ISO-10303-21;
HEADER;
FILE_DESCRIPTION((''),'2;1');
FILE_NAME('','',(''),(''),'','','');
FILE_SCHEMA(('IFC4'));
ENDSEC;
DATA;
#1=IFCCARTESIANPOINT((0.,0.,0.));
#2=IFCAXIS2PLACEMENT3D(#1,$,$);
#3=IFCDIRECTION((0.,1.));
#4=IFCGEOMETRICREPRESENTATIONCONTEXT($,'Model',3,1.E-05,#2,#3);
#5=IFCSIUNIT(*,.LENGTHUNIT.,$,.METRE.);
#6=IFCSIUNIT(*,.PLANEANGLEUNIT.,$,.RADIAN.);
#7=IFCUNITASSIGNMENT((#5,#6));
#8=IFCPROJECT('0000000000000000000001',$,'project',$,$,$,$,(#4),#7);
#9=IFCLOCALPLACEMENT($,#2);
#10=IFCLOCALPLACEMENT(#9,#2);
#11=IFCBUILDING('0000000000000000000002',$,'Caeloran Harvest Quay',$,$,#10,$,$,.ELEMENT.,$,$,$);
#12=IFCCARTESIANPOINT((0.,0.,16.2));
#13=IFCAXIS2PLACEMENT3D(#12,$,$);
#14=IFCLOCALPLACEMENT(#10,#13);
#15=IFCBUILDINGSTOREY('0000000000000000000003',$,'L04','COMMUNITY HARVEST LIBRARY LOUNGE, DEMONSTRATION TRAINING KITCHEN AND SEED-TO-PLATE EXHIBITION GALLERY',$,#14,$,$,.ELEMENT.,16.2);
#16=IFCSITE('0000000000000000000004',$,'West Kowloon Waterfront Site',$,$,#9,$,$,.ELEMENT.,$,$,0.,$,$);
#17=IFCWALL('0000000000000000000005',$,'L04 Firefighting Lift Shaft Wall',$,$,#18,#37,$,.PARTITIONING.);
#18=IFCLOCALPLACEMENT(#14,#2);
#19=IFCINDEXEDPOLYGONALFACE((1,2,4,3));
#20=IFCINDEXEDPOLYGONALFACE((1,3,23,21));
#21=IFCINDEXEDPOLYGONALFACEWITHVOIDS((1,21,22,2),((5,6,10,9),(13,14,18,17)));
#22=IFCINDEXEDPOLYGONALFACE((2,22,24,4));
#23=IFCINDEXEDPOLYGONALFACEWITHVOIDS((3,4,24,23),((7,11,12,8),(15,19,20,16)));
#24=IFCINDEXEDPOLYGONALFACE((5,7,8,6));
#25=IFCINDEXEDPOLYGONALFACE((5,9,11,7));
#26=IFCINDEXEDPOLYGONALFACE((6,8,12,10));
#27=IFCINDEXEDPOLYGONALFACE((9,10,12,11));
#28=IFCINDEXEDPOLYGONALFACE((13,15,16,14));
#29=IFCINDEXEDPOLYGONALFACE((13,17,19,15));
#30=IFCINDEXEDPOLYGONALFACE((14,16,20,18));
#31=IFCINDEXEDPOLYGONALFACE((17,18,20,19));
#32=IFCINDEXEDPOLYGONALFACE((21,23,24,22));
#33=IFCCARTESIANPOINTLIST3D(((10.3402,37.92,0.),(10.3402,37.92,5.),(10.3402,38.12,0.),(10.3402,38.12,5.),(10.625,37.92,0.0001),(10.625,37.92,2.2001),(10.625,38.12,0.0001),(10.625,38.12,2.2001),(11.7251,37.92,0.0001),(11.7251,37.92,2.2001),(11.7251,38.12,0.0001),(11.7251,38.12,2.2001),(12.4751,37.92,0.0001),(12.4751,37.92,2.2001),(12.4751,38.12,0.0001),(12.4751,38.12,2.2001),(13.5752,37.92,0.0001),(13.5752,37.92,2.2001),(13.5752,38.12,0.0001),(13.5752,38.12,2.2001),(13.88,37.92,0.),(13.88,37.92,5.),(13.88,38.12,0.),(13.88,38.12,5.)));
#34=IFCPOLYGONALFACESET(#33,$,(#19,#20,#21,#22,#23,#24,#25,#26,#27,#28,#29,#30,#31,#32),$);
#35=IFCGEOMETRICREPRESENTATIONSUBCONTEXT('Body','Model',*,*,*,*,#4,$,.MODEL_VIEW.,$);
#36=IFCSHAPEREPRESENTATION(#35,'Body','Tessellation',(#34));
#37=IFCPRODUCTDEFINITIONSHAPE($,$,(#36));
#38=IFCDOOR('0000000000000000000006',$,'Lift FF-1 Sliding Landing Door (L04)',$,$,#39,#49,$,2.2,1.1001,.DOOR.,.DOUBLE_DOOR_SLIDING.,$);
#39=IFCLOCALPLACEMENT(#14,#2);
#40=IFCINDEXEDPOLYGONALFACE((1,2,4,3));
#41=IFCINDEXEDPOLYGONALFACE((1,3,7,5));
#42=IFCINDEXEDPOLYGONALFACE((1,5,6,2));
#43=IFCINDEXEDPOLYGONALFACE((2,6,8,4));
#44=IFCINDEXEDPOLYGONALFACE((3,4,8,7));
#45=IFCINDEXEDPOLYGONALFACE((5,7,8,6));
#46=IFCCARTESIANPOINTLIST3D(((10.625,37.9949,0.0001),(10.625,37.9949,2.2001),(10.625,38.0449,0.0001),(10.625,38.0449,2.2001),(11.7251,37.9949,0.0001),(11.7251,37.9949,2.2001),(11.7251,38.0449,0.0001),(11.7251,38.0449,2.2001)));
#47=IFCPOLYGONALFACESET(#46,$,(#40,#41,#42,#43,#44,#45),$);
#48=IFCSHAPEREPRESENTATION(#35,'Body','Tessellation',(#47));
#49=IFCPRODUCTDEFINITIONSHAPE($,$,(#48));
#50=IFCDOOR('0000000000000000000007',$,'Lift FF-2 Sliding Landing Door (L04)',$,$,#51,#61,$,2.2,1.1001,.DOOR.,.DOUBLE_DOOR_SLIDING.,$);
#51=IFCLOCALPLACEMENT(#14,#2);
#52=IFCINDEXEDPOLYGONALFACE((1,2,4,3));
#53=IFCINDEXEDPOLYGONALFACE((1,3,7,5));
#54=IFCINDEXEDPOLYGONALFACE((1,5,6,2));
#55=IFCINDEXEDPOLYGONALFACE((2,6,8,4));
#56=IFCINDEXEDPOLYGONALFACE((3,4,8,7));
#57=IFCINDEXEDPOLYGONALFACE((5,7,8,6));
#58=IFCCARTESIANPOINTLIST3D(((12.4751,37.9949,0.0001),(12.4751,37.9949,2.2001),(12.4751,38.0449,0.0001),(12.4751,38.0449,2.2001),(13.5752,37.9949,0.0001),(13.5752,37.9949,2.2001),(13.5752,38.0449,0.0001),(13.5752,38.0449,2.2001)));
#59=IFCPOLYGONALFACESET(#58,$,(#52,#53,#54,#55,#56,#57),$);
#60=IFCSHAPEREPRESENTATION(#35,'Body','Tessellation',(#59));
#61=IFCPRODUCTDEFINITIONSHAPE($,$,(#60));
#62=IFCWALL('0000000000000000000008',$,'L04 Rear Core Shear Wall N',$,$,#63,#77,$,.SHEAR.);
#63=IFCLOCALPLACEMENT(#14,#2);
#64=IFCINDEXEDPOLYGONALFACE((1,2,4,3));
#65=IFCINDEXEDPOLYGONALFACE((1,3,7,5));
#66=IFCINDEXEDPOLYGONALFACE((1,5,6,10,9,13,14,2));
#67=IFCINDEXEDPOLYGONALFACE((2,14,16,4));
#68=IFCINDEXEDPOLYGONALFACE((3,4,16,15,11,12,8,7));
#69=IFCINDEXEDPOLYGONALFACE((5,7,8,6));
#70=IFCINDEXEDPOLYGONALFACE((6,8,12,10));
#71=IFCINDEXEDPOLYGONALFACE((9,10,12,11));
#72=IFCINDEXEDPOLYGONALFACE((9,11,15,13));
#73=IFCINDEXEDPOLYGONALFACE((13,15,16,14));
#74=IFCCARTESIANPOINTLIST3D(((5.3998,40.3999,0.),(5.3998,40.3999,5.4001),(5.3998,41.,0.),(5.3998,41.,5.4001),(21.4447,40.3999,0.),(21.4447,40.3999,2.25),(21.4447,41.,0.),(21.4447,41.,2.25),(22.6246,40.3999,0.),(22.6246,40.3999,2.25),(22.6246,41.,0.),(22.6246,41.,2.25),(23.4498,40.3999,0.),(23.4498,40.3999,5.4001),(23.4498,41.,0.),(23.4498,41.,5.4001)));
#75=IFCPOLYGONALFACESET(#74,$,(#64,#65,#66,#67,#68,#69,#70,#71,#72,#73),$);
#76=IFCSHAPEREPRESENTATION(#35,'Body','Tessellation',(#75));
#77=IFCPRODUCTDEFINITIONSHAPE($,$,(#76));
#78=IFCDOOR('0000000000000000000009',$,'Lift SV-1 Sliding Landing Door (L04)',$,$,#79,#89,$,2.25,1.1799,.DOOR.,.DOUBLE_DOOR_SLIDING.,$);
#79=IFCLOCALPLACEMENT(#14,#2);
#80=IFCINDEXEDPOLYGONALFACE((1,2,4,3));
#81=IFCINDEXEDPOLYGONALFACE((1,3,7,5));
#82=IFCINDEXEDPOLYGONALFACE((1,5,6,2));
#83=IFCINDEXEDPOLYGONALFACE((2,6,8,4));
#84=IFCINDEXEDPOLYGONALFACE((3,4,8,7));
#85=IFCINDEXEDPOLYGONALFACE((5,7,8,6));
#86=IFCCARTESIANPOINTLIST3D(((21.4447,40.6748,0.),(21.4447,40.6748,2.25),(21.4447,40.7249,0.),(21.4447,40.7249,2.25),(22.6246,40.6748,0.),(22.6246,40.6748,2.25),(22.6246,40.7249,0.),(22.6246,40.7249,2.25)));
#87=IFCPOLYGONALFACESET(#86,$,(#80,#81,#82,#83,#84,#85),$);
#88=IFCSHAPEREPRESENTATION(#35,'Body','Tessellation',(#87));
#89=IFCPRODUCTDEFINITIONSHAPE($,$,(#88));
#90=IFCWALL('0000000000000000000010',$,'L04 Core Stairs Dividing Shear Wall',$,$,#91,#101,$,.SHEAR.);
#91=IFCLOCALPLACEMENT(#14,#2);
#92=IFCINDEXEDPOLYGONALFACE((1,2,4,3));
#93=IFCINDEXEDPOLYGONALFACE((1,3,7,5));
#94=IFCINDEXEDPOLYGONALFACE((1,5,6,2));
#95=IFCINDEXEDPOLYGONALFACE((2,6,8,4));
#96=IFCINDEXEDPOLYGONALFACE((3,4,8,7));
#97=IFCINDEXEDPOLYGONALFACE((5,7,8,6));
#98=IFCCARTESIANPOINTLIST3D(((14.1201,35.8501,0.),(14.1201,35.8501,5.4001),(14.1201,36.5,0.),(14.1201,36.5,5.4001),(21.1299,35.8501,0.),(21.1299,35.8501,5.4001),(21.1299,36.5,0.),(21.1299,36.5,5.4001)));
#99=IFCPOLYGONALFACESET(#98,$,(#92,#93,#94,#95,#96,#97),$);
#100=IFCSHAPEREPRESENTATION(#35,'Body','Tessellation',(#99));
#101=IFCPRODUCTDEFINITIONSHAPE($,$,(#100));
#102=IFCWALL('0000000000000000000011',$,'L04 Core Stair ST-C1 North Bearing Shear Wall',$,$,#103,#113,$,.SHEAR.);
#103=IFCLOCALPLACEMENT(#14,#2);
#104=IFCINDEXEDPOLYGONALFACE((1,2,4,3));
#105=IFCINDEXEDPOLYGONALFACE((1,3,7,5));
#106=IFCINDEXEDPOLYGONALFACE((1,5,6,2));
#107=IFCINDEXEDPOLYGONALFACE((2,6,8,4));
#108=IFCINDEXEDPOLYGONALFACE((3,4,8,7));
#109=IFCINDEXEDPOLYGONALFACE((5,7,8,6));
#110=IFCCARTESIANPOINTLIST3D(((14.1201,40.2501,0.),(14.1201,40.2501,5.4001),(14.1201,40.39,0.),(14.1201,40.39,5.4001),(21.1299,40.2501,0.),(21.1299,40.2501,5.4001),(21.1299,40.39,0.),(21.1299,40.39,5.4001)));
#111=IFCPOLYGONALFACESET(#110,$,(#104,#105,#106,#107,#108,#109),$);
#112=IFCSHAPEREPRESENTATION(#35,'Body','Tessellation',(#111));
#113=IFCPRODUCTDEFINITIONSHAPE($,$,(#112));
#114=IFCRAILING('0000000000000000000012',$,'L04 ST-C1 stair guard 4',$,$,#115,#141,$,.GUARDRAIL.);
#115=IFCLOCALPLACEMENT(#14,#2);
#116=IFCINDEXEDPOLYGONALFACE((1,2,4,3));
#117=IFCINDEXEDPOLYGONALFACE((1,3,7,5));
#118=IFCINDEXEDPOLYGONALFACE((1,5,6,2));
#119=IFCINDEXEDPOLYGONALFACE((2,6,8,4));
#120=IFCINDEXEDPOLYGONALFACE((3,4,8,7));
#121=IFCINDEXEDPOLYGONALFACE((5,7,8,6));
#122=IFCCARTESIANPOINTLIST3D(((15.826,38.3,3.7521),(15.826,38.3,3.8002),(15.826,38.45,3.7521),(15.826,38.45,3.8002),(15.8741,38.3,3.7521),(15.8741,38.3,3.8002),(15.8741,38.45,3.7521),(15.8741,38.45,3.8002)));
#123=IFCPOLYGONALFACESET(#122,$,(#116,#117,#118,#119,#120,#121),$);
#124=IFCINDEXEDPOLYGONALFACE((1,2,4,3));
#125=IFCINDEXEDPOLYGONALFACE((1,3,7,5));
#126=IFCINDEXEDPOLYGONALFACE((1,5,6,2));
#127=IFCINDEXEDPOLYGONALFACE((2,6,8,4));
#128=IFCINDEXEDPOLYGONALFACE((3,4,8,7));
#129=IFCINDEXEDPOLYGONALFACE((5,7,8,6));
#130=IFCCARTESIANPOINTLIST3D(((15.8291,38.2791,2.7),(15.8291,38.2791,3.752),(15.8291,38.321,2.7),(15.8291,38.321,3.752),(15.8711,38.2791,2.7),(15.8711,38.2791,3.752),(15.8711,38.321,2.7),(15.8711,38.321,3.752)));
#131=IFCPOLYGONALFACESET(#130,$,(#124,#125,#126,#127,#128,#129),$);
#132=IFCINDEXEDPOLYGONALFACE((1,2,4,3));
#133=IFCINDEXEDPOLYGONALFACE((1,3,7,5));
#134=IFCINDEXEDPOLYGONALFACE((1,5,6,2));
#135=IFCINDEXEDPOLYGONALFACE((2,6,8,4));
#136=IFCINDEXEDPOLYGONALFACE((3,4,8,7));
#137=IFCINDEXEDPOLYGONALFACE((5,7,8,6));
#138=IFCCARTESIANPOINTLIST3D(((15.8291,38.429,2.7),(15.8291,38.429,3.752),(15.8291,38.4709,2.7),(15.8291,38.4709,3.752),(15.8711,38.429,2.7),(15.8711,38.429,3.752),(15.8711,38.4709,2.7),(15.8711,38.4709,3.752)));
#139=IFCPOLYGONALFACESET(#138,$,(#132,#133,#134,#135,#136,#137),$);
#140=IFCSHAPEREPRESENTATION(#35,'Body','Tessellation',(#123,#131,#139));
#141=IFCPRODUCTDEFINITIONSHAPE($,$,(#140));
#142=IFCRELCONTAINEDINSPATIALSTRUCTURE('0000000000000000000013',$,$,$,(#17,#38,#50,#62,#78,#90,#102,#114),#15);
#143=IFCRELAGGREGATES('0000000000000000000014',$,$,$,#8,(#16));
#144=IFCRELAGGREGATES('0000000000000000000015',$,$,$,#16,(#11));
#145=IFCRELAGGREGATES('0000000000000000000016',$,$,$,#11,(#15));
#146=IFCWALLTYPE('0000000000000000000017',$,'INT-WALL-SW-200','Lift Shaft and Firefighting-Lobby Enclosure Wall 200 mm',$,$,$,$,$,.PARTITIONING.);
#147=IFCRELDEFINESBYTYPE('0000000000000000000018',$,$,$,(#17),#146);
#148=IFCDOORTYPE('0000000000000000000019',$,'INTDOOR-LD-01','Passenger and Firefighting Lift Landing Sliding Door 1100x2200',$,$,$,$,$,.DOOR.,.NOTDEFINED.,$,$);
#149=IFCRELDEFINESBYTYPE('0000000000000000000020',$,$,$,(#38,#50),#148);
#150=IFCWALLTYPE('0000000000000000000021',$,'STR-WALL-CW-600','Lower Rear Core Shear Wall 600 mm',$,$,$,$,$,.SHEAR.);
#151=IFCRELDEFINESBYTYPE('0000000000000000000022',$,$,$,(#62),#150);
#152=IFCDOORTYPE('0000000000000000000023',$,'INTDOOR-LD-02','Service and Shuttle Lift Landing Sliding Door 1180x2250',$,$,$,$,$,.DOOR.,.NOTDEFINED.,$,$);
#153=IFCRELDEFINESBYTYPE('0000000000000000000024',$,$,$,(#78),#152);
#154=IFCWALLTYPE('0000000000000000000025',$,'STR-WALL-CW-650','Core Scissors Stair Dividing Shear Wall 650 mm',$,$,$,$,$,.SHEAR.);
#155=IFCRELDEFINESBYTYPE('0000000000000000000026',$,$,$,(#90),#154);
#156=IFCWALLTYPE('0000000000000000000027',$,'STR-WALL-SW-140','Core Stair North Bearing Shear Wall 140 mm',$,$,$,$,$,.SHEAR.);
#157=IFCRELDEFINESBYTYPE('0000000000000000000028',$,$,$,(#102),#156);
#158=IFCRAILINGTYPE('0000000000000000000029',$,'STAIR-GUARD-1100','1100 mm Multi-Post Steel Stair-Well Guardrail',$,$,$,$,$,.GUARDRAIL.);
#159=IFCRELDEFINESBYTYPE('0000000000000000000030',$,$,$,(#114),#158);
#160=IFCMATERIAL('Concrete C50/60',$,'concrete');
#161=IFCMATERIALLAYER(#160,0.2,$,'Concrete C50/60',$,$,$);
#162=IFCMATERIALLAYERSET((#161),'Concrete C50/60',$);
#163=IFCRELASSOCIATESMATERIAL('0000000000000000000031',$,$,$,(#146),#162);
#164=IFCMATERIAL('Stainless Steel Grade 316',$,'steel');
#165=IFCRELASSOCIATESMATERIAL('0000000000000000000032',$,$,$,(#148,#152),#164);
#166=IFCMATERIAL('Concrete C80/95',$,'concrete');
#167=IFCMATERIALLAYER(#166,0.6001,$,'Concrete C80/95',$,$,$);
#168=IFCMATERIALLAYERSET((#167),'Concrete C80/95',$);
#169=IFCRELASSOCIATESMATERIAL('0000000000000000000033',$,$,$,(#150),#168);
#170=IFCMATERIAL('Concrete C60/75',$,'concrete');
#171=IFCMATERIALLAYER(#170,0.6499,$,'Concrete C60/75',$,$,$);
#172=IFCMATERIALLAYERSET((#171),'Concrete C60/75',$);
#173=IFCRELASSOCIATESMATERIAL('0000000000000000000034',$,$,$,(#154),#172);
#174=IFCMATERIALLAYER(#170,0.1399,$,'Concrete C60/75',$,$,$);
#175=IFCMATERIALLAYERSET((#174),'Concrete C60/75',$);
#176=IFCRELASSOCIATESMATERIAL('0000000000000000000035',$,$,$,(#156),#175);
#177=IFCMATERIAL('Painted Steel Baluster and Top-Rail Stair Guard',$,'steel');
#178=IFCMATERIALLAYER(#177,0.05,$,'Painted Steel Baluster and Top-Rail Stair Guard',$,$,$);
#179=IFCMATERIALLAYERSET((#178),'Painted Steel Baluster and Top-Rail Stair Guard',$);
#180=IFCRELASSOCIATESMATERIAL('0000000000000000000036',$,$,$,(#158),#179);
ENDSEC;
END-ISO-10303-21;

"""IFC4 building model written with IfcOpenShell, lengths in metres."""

from ifc_helpers import new_model, si_unit, direction, frame, frame_2d, origin, origin_2d, place, context, subcontext, project, spatial, rectangle, extrude, material, layer, layer_set, type_object, element, fill, save


model = new_model("IFC4")

# Units and contexts
model_context = context("Model", 3, precision=1e-05, world=origin(), true_north=direction((0.0, 1.0)))
body_context = subcontext(model_context, "Body", "Model", "MODEL_VIEW")
ifc_project = project(units=[si_unit("LENGTHUNIT", "METRE"), si_unit("PLANEANGLEUNIT", "RADIAN")], contexts=[model_context])

# Site, building, storey
site_placement = place(None, origin())
site = spatial("IfcSite", under=ifc_project, at=site_placement, Name="West Kowloon Waterfront Site", CompositionType="ELEMENT", RefElevation=0.0)
building_placement = place(site_placement, origin())
building = spatial("IfcBuilding", under=site, at=building_placement, Name="Caeloran Harvest Quay", CompositionType="ELEMENT")
storey_placement = place(building_placement, frame((0.0, 0.0, 16.2)))
storey = spatial("IfcBuildingStorey", under=building, at=storey_placement, Name="L04", Description="COMMUNITY HARVEST LIBRARY LOUNGE, DEMONSTRATION TRAINING KITCHEN AND SEED-TO-PLATE EXHIBITION GALLERY", CompositionType="ELEMENT", Elevation=16.2)

# Shared definitions
ifc_material_1 = material(Name="Concrete C50/60", Category="concrete")
ifc_layer_1 = layer(ifc_material_1, 0.2, Name="Concrete C50/60")
ifc_layer_set_1 = layer_set([ifc_layer_1], Name="Concrete C50/60")
wall_type_1 = type_object("IfcWallType", Name="INT-WALL-SW-200", Description="Lift Shaft and Firefighting-Lobby Enclosure Wall 200 mm", PredefinedType="PARTITIONING", material=ifc_layer_set_1)

# Wall, openings, doors
wall_1_placement = place(storey_placement, frame((10.3401, 38.02, 0.0), z_axis=(0.0, 0.0, 1.0), x_axis=(1.0, 0.0, 0.0)))
wall_1 = element("IfcWall", 1, at=wall_1_placement, inside=storey, type_object=wall_type_1, Name="L04 Firefighting Lift Shaft Wall", PredefinedType="PARTITIONING", context=body_context, shape_type="SweptSolid", body=[
    extrude(rectangle(XDim=3.5398, YDim=0.2, at=frame_2d((1.77, 0.0))), origin(), (0.0, 0.0, 1.0), 5.0),
])
opening_1_placement = place(wall_1_placement, frame((0.2849, 0.0, 0.0)))
opening_1 = element("IfcOpeningElement", 2, at=opening_1_placement, cuts=wall_1, PredefinedType="OPENING", context=body_context, shape_type="SweptSolid", body=[
    extrude(rectangle(XDim=1.1001, YDim=2.2, at=frame_2d((0.55, 1.1001))), frame((0.0, 0.1099, 0.0), z_axis=(0.0, -1.0, 0.0), x_axis=(1.0, 0.0, 0.0)), (0.0, 0.0, 1.0), 0.22),
])
opening_2_placement = place(wall_1_placement, frame((2.135, 0.0, 0.0)))
opening_2 = element("IfcOpeningElement", 3, at=opening_2_placement, cuts=wall_1, PredefinedType="OPENING", context=body_context, shape_type="SweptSolid", body=[
    extrude(rectangle(XDim=1.1001, YDim=2.2, at=frame_2d((0.55, 1.1001))), frame((0.0, 0.1099, 0.0), z_axis=(0.0, -1.0, 0.0), x_axis=(1.0, 0.0, 0.0)), (0.0, 0.0, 1.0), 0.22),
])
ifc_material_2 = material(Name="Stainless Steel Grade 316", Category="steel")
door_type_1 = type_object("IfcDoorType", Name="INTDOOR-LD-01", Description="Passenger and Firefighting Lift Landing Sliding Door 1100x2200", OperationType="NOTDEFINED", PredefinedType="DOOR", material=ifc_material_2)
door_1_placement = place(opening_1_placement, origin())
door_1 = element("IfcDoor", 4, at=door_1_placement, inside=storey, type_object=door_type_1, Name="Lift FF-1 Sliding Landing Door (L04)", OperationType="DOUBLE_DOOR_SLIDING", OverallHeight=2.2, OverallWidth=1.1001, PredefinedType="DOOR", context=body_context, shape_type="SweptSolid", body=[
    extrude(rectangle(XDim=1.1001, YDim=2.2, at=frame_2d((0.55, 1.1001))), frame((0.0, 0.0249, 0.0), z_axis=(0.0, -1.0, 0.0), x_axis=(1.0, 0.0, 0.0)), (0.0, 0.0, 1.0), 0.05),
])
fill(opening_1, door_1)
door_2_placement = place(opening_2_placement, origin())
door_2 = element("IfcDoor", 5, at=door_2_placement, inside=storey, type_object=door_type_1, Name="Lift FF-2 Sliding Landing Door (L04)", OperationType="DOUBLE_DOOR_SLIDING", OverallHeight=2.2, OverallWidth=1.1001, PredefinedType="DOOR", context=body_context, shape_type="SweptSolid", body=[
    extrude(rectangle(XDim=1.1001, YDim=2.2, at=frame_2d((0.55, 1.1001))), frame((0.0, 0.0249, 0.0), z_axis=(0.0, -1.0, 0.0), x_axis=(1.0, 0.0, 0.0)), (0.0, 0.0, 1.0), 0.05),
])
fill(opening_2, door_2)

# Wall, opening, door
ifc_material_3 = material(Name="Concrete C80/95", Category="concrete")
ifc_layer_2 = layer(ifc_material_3, 0.6001, Name="Concrete C80/95")
ifc_layer_set_2 = layer_set([ifc_layer_2], Name="Concrete C80/95")
wall_type_2 = type_object("IfcWallType", Name="STR-WALL-CW-600", Description="Lower Rear Core Shear Wall 600 mm", PredefinedType="SHEAR", material=ifc_layer_set_2)
wall_2_placement = place(storey_placement, frame((5.3999, 40.7, 0.0), z_axis=(0.0, 0.0, 1.0), x_axis=(1.0, 0.0, 0.0)))
wall_2 = element("IfcWall", 6, at=wall_2_placement, inside=storey, type_object=wall_type_2, Name="L04 Rear Core Shear Wall N", PredefinedType="SHEAR", context=body_context, shape_type="SweptSolid", body=[
    extrude(rectangle(XDim=18.05, YDim=0.6001, at=frame_2d((9.0249, 0.0))), origin(), (0.0, 0.0, 1.0), 5.4001),
])
opening_3_placement = place(wall_2_placement, frame((16.0449, 0.0, 0.0)))
opening_3 = element("IfcOpeningElement", 7, at=opening_3_placement, cuts=wall_2, PredefinedType="OPENING", context=body_context, shape_type="SweptSolid", body=[
    extrude(rectangle(XDim=1.1799, YDim=2.25, at=frame_2d((0.5898, 1.125))), frame((0.0, 0.3101, 0.0), z_axis=(0.0, -1.0, 0.0), x_axis=(1.0, 0.0, 0.0)), (0.0, 0.0, 1.0), 0.6201),
])
door_type_2 = type_object("IfcDoorType", Name="INTDOOR-LD-02", Description="Service and Shuttle Lift Landing Sliding Door 1180x2250", OperationType="NOTDEFINED", PredefinedType="DOOR", material=ifc_material_2)
door_3_placement = place(opening_3_placement, origin())
door_3 = element("IfcDoor", 8, at=door_3_placement, inside=storey, type_object=door_type_2, Name="Lift SV-1 Sliding Landing Door (L04)", OperationType="DOUBLE_DOOR_SLIDING", OverallHeight=2.25, OverallWidth=1.1799, PredefinedType="DOOR", context=body_context, shape_type="SweptSolid", body=[
    extrude(rectangle(XDim=1.1799, YDim=2.25, at=frame_2d((0.5898, 1.125))), frame((0.0, 0.0249, 0.0), z_axis=(0.0, -1.0, 0.0), x_axis=(1.0, 0.0, 0.0)), (0.0, 0.0, 1.0), 0.05),
])
fill(opening_3, door_3)

# Walls
ifc_material_4 = material(Name="Concrete C60/75", Category="concrete")
ifc_layer_3 = layer(ifc_material_4, 0.6499, Name="Concrete C60/75")
ifc_layer_set_3 = layer_set([ifc_layer_3], Name="Concrete C60/75")
wall_type_3 = type_object("IfcWallType", Name="STR-WALL-CW-650", Description="Core Scissors Stair Dividing Shear Wall 650 mm", PredefinedType="SHEAR", material=ifc_layer_set_3)
wall_3_placement = place(storey_placement, frame((14.1201, 36.175, 0.0), z_axis=(0.0, 0.0, 1.0), x_axis=(1.0, 0.0, 0.0)))
element("IfcWall", 9, at=wall_3_placement, inside=storey, type_object=wall_type_3, Name="L04 Core Stairs Dividing Shear Wall", PredefinedType="SHEAR", context=body_context, shape_type="SweptSolid", body=[
    extrude(rectangle(XDim=7.0098, YDim=0.6499, at=frame_2d((3.5049, 0.0))), origin(), (0.0, 0.0, 1.0), 5.4001),
])
ifc_layer_4 = layer(ifc_material_4, 0.1399, Name="Concrete C60/75")
ifc_layer_set_4 = layer_set([ifc_layer_4], Name="Concrete C60/75")
wall_type_4 = type_object("IfcWallType", Name="STR-WALL-SW-140", Description="Core Stair North Bearing Shear Wall 140 mm", PredefinedType="SHEAR", material=ifc_layer_set_4)
wall_4_placement = place(storey_placement, frame((14.1201, 40.3201, 0.0), z_axis=(0.0, 0.0, 1.0), x_axis=(1.0, 0.0, 0.0)))
element("IfcWall", 10, at=wall_4_placement, inside=storey, type_object=wall_type_4, Name="L04 Core Stair ST-C1 North Bearing Shear Wall", PredefinedType="SHEAR", context=body_context, shape_type="SweptSolid", body=[
    extrude(rectangle(XDim=7.0098, YDim=0.1399, at=frame_2d((3.5049, 0.0))), origin(), (0.0, 0.0, 1.0), 5.4001),
])

# Railing
ifc_material_5 = material(Name="Painted Steel Baluster and Top-Rail Stair Guard", Category="steel")
ifc_layer_5 = layer(ifc_material_5, 0.05, Name="Painted Steel Baluster and Top-Rail Stair Guard")
ifc_layer_set_5 = layer_set([ifc_layer_5], Name="Painted Steel Baluster and Top-Rail Stair Guard")
railing_type = type_object("IfcRailingType", Name="STAIR-GUARD-1100", Description="1100 mm Multi-Post Steel Stair-Well Guardrail", PredefinedType="GUARDRAIL", material=ifc_layer_set_5)
railing_placement = place(storey_placement, frame((15.8501, 38.3, 2.7)))
element("IfcRailing", 11, at=railing_placement, inside=storey, type_object=railing_type, Name="L04 ST-C1 stair guard 4", PredefinedType="GUARDRAIL", context=body_context, shape_type="SweptSolid", body=[
    extrude(rectangle(XDim=0.0481, YDim=0.0481, at=origin_2d()), frame((0.0, 0.0, 1.0762), z_axis=(0.0, 1.0, 0.0), x_axis=(-1.0, 0.0, 0.0)), (0.0, 0.0, 1.0), 0.1499),
    extrude(rectangle(XDim=0.042, YDim=0.042, at=origin_2d()), origin(), (0.0, 0.0, 1.0), 1.052),
    extrude(rectangle(XDim=0.042, YDim=0.042, at=origin_2d()), frame((0.0, 0.1499, 0.0)), (0.0, 0.0, 1.0), 1.052),
])

save(model, "model.ifc")
